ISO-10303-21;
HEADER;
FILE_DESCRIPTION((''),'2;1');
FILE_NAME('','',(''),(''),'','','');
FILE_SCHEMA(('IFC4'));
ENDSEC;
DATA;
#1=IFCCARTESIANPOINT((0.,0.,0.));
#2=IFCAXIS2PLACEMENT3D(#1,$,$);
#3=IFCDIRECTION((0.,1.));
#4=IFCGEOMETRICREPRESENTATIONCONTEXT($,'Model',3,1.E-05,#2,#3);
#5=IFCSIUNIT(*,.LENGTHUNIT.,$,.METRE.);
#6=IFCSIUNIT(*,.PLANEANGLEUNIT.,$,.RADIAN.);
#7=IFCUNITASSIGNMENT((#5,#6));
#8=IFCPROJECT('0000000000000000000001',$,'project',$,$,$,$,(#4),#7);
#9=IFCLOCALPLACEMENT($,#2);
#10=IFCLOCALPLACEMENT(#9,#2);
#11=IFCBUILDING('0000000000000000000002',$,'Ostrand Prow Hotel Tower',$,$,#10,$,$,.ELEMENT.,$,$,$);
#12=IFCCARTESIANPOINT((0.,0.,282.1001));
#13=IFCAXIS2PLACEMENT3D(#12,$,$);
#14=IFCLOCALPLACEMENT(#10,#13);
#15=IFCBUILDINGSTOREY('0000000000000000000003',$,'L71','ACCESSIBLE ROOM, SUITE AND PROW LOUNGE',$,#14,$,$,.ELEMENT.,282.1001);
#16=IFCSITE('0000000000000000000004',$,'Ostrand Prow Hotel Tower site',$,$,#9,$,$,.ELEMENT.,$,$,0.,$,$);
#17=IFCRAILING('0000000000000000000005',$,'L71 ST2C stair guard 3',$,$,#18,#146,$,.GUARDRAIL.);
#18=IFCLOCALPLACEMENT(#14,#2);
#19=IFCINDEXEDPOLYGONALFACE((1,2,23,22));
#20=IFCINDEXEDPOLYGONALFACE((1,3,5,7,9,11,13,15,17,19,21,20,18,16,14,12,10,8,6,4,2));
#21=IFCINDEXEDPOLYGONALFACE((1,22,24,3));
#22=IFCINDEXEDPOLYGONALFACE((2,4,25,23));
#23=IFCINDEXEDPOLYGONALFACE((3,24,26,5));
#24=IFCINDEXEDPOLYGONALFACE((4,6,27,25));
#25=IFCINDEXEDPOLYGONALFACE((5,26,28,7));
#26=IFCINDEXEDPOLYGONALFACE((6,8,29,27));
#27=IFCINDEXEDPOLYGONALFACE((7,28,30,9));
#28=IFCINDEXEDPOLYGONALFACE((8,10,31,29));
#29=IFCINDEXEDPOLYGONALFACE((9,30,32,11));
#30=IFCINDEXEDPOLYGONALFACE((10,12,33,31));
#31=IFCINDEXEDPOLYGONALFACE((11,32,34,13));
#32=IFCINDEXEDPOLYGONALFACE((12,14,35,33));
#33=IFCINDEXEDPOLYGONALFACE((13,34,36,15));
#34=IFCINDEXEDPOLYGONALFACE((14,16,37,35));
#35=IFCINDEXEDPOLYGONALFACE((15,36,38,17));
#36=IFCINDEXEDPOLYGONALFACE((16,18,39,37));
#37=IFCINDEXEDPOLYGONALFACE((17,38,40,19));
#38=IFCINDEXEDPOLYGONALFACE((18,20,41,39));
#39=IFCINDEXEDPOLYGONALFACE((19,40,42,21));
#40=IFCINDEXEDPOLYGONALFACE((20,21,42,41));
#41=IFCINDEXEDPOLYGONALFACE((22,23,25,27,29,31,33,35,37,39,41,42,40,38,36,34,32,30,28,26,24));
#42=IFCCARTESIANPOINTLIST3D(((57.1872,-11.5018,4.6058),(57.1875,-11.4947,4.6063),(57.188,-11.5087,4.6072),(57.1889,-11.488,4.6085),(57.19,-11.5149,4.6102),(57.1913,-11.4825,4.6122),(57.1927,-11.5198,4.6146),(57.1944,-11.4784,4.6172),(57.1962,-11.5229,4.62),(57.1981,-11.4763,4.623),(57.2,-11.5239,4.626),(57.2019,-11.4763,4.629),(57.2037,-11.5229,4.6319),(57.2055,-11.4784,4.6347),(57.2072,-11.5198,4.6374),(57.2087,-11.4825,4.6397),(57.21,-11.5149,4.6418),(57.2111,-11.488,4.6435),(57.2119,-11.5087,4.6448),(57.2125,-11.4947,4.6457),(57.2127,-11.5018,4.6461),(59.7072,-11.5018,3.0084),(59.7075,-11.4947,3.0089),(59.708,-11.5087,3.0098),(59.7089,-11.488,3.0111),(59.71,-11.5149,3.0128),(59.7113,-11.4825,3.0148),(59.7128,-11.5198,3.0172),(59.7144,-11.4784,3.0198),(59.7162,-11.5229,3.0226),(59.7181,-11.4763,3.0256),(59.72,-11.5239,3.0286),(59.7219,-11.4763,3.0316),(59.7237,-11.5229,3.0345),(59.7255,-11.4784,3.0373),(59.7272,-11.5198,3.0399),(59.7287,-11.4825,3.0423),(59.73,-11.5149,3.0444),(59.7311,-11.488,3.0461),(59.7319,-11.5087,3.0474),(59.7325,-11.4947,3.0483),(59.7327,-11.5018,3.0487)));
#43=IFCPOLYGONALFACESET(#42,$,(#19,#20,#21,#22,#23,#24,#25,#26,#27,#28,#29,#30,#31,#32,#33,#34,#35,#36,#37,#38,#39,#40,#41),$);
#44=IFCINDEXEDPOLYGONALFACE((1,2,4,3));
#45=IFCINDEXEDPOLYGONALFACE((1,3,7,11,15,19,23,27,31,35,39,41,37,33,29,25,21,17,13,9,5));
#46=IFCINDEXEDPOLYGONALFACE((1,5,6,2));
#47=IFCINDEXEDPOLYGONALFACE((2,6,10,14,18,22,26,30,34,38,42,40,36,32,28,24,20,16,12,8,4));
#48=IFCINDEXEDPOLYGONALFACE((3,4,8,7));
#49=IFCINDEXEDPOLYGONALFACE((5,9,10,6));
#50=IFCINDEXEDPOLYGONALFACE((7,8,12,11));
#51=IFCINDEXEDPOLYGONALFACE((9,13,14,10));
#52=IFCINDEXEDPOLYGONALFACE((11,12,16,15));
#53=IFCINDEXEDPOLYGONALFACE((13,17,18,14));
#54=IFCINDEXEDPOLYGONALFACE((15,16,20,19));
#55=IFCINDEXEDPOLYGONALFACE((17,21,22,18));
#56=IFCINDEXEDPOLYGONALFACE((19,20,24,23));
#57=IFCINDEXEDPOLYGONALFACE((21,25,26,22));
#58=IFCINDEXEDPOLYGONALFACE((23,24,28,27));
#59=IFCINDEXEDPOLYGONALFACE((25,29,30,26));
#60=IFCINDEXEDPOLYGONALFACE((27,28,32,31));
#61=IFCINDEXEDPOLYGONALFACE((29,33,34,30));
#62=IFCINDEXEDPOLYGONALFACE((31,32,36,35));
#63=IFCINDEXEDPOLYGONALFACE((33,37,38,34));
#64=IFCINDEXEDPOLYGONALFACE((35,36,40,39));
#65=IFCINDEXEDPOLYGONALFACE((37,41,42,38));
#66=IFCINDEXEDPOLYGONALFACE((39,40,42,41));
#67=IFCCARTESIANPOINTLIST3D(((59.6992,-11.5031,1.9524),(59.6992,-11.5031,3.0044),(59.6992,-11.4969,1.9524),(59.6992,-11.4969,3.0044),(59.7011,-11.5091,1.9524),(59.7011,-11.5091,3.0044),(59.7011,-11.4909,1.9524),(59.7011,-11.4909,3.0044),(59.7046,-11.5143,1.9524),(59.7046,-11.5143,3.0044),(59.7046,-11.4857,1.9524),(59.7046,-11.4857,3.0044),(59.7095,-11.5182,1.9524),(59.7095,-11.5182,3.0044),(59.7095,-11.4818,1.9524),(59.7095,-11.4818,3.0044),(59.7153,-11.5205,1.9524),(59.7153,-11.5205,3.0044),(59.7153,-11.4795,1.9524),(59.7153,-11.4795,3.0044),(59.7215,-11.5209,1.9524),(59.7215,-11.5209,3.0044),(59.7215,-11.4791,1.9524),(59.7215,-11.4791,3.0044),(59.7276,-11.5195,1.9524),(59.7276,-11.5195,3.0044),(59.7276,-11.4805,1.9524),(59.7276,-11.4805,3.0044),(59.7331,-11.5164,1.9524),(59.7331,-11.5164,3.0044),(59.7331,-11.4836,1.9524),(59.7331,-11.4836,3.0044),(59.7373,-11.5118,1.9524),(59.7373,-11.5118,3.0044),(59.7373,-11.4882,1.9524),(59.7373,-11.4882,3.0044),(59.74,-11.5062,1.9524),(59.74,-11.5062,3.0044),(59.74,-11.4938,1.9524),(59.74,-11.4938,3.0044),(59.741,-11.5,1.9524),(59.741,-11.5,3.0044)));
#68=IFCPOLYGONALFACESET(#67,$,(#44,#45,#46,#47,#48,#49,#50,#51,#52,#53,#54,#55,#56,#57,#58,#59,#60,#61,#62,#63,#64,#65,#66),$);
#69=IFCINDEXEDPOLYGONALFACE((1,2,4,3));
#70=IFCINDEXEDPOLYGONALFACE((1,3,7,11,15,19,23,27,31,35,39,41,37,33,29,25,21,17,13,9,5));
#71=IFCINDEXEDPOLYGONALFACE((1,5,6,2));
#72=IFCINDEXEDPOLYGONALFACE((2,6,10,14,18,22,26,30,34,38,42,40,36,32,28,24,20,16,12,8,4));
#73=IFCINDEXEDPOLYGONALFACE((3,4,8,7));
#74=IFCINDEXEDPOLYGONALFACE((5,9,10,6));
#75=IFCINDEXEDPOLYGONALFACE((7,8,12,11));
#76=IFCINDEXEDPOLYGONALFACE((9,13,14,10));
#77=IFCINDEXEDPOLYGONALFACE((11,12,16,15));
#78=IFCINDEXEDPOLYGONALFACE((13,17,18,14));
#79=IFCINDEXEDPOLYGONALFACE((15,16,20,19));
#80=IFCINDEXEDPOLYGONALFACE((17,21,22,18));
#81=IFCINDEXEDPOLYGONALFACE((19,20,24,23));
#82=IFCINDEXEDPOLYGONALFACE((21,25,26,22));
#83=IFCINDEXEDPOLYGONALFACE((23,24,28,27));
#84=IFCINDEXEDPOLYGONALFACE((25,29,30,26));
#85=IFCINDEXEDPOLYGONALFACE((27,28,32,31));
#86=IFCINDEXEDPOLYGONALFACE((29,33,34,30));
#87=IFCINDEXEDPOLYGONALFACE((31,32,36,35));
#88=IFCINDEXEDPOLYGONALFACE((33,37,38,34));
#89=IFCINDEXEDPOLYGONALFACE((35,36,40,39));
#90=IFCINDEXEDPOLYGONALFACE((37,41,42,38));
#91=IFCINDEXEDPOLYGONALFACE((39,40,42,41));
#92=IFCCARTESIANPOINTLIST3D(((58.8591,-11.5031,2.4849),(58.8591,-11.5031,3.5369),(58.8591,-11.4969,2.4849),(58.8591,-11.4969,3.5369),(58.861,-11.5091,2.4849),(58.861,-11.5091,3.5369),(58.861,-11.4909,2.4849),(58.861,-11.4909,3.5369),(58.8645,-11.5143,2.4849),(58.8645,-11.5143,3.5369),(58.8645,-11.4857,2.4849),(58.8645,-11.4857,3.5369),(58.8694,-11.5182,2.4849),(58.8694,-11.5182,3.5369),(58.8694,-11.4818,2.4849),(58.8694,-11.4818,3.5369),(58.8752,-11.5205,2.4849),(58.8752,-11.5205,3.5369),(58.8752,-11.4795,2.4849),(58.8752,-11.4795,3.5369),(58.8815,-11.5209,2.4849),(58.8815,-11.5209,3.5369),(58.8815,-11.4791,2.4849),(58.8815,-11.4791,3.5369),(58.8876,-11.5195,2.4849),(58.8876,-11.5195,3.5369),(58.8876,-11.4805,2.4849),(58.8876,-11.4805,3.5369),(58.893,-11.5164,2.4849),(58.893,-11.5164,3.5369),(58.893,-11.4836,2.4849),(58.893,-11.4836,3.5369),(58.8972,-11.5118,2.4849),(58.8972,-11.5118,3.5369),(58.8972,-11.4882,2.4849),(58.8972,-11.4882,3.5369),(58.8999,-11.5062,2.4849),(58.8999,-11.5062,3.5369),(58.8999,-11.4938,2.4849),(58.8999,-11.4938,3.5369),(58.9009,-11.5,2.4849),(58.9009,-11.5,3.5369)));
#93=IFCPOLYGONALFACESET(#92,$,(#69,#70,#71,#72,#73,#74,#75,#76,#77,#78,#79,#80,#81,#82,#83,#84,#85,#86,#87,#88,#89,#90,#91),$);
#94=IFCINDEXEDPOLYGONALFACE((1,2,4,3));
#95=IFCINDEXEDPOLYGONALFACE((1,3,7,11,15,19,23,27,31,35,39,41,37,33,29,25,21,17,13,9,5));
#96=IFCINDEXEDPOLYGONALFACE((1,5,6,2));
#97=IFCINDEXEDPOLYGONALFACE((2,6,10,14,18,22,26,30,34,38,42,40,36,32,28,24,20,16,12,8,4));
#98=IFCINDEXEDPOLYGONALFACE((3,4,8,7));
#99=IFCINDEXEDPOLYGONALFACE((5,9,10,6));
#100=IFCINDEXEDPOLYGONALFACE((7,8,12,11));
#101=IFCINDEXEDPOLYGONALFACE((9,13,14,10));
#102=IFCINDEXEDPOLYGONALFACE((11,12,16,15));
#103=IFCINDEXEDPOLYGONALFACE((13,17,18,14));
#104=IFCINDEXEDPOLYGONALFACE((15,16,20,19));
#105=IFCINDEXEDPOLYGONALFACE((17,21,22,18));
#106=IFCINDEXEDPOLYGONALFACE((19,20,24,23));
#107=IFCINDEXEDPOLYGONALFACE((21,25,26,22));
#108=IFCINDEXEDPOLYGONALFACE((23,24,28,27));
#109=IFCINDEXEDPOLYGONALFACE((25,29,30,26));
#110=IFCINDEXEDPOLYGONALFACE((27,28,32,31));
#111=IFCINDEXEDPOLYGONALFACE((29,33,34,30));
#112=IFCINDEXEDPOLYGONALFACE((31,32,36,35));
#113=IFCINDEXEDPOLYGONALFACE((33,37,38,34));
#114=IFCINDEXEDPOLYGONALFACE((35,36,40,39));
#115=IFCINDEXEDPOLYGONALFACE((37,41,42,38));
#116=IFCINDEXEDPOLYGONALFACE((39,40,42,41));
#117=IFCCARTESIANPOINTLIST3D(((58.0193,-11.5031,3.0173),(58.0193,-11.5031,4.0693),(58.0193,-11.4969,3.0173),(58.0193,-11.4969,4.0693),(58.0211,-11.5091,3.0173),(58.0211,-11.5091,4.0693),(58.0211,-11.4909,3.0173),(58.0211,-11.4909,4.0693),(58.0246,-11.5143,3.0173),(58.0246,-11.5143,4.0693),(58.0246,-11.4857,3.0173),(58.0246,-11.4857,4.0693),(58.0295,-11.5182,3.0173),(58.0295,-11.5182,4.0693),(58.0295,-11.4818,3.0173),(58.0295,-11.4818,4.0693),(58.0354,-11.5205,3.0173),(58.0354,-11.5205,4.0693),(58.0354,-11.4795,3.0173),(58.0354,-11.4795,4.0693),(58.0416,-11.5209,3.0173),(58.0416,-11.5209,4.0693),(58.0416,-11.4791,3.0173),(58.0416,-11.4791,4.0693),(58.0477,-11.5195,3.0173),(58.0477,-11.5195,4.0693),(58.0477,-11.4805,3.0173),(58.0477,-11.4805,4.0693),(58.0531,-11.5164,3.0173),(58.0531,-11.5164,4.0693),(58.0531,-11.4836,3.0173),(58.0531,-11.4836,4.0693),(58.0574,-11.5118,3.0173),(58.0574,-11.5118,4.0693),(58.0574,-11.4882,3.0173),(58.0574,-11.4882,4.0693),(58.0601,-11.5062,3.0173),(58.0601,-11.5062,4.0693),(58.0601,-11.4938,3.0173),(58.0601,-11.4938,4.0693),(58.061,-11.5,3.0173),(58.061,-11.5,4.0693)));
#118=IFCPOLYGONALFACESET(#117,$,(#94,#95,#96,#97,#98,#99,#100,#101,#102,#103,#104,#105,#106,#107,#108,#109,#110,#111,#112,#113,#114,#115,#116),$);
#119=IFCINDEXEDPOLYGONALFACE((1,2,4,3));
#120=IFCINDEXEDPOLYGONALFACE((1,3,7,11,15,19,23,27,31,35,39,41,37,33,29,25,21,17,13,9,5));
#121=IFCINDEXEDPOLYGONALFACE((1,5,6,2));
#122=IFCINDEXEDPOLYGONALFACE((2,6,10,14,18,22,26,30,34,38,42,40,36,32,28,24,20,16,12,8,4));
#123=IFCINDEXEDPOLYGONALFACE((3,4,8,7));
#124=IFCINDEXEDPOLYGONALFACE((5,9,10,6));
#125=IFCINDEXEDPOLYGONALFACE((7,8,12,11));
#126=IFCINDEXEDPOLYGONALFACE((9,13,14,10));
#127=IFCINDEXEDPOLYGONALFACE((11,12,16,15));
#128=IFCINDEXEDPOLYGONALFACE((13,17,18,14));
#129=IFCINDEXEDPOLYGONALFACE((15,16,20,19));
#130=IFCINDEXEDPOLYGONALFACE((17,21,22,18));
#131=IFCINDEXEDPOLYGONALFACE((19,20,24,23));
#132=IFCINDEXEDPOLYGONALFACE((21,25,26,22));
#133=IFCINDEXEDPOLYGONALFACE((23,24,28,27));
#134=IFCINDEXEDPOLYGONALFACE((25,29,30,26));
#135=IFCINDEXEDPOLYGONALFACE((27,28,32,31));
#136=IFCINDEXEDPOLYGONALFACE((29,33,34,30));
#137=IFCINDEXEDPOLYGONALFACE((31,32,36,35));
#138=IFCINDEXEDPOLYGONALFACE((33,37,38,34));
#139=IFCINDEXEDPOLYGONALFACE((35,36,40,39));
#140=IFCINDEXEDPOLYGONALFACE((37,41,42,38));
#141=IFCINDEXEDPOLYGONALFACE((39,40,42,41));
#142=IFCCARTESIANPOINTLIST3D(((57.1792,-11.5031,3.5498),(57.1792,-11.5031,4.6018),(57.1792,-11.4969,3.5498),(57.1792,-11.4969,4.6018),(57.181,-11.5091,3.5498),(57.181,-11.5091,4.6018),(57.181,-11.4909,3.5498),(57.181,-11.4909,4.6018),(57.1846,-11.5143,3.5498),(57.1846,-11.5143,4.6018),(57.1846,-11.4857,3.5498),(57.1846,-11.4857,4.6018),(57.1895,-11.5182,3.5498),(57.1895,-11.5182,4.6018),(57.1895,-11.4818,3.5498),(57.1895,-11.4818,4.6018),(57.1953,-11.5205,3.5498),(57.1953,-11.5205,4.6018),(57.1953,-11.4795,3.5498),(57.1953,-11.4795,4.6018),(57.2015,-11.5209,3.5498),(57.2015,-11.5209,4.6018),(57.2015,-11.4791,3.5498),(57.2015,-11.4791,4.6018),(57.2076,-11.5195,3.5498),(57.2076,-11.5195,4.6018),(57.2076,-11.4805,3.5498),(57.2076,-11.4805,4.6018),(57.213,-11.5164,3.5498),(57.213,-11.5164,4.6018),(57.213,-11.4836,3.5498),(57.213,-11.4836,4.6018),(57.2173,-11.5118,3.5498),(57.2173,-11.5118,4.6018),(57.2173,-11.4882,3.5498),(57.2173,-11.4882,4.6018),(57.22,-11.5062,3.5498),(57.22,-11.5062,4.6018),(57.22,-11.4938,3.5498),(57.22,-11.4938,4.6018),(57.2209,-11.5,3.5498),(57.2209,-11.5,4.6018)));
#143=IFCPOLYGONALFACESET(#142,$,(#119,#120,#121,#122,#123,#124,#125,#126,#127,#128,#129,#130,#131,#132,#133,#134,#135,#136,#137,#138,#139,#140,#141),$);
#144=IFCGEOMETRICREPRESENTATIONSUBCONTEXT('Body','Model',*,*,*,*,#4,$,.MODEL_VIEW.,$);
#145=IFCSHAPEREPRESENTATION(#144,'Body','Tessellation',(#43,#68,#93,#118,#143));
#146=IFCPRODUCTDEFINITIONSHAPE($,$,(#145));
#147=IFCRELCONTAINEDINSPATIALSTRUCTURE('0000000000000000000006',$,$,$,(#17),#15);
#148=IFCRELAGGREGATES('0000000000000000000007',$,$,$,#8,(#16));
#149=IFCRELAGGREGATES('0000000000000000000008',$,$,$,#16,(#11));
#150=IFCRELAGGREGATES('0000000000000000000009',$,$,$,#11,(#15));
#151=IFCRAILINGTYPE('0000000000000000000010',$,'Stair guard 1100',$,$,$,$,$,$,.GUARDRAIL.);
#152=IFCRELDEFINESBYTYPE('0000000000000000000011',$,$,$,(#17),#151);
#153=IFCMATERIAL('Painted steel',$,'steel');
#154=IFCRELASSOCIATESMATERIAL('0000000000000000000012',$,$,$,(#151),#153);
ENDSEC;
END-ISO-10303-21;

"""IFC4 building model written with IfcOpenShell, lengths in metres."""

from ifc_helpers import new_model, si_unit, direction, frame, origin, origin_2d, place, context, subcontext, project, spatial, circle, extrude, material, type_object, element, save


model = new_model("IFC4")

# Units and contexts
model_context = context("Model", 3, precision=1e-05, world=origin(), true_north=direction((0.0, 1.0)))
body_context = subcontext(model_context, "Body", "Model", "MODEL_VIEW")
ifc_project = project(units=[si_unit("LENGTHUNIT", "METRE"), si_unit("PLANEANGLEUNIT", "RADIAN")], contexts=[model_context])

# Site, building, storey
site_placement = place(None, origin())
site = spatial("IfcSite", under=ifc_project, at=site_placement, Name="Ostrand Prow Hotel Tower site", CompositionType="ELEMENT", RefElevation=0.0)
building_placement = place(site_placement, origin())
building = spatial("IfcBuilding", under=site, at=building_placement, Name="Ostrand Prow Hotel Tower", CompositionType="ELEMENT")
storey_placement = place(building_placement, frame((0.0, 0.0, 282.1001)))
storey = spatial("IfcBuildingStorey", under=building, at=storey_placement, Name="L71", Description="ACCESSIBLE ROOM, SUITE AND PROW LOUNGE", CompositionType="ELEMENT", Elevation=282.1001)

# Railing
ifc_material_1 = material(Name="Painted steel", Category="steel")
railing_type_1 = type_object("IfcRailingType", Name="Stair guard 1100", PredefinedType="GUARDRAIL", material=ifc_material_1)
railing_1_placement = place(storey_placement, frame((59.72, -11.5, 1.9524)))
element("IfcRailing", 1, at=railing_1_placement, inside=storey, type_object=railing_type_1, Name="L71 ST2C stair guard 3", PredefinedType="GUARDRAIL", context=body_context, shape_type="SweptSolid", body=[
    extrude(circle(Radius=0.0239, at=origin_2d()), frame((0.0, 0.0, 1.0762), z_axis=(-0.844607, 0.0, 0.535387), x_axis=(0.0, -1.0, 0.0)), (0.0, 0.0, 1.0), 2.9836),
    extrude(circle(Radius=0.021, at=origin_2d()), origin(), (0.0, 0.0, 1.0), 1.052),
    extrude(circle(Radius=0.021, at=origin_2d()), frame((-0.8401, 0.0, 0.5325)), (0.0, 0.0, 1.0), 1.052),
    extrude(circle(Radius=0.021, at=origin_2d()), frame((-1.6799, 0.0, 1.0649)), (0.0, 0.0, 1.0), 1.052),
    extrude(circle(Radius=0.021, at=origin_2d()), frame((-2.52, 0.0, 1.5974)), (0.0, 0.0, 1.0), 1.052),
])

save(model, "model.ifc")
